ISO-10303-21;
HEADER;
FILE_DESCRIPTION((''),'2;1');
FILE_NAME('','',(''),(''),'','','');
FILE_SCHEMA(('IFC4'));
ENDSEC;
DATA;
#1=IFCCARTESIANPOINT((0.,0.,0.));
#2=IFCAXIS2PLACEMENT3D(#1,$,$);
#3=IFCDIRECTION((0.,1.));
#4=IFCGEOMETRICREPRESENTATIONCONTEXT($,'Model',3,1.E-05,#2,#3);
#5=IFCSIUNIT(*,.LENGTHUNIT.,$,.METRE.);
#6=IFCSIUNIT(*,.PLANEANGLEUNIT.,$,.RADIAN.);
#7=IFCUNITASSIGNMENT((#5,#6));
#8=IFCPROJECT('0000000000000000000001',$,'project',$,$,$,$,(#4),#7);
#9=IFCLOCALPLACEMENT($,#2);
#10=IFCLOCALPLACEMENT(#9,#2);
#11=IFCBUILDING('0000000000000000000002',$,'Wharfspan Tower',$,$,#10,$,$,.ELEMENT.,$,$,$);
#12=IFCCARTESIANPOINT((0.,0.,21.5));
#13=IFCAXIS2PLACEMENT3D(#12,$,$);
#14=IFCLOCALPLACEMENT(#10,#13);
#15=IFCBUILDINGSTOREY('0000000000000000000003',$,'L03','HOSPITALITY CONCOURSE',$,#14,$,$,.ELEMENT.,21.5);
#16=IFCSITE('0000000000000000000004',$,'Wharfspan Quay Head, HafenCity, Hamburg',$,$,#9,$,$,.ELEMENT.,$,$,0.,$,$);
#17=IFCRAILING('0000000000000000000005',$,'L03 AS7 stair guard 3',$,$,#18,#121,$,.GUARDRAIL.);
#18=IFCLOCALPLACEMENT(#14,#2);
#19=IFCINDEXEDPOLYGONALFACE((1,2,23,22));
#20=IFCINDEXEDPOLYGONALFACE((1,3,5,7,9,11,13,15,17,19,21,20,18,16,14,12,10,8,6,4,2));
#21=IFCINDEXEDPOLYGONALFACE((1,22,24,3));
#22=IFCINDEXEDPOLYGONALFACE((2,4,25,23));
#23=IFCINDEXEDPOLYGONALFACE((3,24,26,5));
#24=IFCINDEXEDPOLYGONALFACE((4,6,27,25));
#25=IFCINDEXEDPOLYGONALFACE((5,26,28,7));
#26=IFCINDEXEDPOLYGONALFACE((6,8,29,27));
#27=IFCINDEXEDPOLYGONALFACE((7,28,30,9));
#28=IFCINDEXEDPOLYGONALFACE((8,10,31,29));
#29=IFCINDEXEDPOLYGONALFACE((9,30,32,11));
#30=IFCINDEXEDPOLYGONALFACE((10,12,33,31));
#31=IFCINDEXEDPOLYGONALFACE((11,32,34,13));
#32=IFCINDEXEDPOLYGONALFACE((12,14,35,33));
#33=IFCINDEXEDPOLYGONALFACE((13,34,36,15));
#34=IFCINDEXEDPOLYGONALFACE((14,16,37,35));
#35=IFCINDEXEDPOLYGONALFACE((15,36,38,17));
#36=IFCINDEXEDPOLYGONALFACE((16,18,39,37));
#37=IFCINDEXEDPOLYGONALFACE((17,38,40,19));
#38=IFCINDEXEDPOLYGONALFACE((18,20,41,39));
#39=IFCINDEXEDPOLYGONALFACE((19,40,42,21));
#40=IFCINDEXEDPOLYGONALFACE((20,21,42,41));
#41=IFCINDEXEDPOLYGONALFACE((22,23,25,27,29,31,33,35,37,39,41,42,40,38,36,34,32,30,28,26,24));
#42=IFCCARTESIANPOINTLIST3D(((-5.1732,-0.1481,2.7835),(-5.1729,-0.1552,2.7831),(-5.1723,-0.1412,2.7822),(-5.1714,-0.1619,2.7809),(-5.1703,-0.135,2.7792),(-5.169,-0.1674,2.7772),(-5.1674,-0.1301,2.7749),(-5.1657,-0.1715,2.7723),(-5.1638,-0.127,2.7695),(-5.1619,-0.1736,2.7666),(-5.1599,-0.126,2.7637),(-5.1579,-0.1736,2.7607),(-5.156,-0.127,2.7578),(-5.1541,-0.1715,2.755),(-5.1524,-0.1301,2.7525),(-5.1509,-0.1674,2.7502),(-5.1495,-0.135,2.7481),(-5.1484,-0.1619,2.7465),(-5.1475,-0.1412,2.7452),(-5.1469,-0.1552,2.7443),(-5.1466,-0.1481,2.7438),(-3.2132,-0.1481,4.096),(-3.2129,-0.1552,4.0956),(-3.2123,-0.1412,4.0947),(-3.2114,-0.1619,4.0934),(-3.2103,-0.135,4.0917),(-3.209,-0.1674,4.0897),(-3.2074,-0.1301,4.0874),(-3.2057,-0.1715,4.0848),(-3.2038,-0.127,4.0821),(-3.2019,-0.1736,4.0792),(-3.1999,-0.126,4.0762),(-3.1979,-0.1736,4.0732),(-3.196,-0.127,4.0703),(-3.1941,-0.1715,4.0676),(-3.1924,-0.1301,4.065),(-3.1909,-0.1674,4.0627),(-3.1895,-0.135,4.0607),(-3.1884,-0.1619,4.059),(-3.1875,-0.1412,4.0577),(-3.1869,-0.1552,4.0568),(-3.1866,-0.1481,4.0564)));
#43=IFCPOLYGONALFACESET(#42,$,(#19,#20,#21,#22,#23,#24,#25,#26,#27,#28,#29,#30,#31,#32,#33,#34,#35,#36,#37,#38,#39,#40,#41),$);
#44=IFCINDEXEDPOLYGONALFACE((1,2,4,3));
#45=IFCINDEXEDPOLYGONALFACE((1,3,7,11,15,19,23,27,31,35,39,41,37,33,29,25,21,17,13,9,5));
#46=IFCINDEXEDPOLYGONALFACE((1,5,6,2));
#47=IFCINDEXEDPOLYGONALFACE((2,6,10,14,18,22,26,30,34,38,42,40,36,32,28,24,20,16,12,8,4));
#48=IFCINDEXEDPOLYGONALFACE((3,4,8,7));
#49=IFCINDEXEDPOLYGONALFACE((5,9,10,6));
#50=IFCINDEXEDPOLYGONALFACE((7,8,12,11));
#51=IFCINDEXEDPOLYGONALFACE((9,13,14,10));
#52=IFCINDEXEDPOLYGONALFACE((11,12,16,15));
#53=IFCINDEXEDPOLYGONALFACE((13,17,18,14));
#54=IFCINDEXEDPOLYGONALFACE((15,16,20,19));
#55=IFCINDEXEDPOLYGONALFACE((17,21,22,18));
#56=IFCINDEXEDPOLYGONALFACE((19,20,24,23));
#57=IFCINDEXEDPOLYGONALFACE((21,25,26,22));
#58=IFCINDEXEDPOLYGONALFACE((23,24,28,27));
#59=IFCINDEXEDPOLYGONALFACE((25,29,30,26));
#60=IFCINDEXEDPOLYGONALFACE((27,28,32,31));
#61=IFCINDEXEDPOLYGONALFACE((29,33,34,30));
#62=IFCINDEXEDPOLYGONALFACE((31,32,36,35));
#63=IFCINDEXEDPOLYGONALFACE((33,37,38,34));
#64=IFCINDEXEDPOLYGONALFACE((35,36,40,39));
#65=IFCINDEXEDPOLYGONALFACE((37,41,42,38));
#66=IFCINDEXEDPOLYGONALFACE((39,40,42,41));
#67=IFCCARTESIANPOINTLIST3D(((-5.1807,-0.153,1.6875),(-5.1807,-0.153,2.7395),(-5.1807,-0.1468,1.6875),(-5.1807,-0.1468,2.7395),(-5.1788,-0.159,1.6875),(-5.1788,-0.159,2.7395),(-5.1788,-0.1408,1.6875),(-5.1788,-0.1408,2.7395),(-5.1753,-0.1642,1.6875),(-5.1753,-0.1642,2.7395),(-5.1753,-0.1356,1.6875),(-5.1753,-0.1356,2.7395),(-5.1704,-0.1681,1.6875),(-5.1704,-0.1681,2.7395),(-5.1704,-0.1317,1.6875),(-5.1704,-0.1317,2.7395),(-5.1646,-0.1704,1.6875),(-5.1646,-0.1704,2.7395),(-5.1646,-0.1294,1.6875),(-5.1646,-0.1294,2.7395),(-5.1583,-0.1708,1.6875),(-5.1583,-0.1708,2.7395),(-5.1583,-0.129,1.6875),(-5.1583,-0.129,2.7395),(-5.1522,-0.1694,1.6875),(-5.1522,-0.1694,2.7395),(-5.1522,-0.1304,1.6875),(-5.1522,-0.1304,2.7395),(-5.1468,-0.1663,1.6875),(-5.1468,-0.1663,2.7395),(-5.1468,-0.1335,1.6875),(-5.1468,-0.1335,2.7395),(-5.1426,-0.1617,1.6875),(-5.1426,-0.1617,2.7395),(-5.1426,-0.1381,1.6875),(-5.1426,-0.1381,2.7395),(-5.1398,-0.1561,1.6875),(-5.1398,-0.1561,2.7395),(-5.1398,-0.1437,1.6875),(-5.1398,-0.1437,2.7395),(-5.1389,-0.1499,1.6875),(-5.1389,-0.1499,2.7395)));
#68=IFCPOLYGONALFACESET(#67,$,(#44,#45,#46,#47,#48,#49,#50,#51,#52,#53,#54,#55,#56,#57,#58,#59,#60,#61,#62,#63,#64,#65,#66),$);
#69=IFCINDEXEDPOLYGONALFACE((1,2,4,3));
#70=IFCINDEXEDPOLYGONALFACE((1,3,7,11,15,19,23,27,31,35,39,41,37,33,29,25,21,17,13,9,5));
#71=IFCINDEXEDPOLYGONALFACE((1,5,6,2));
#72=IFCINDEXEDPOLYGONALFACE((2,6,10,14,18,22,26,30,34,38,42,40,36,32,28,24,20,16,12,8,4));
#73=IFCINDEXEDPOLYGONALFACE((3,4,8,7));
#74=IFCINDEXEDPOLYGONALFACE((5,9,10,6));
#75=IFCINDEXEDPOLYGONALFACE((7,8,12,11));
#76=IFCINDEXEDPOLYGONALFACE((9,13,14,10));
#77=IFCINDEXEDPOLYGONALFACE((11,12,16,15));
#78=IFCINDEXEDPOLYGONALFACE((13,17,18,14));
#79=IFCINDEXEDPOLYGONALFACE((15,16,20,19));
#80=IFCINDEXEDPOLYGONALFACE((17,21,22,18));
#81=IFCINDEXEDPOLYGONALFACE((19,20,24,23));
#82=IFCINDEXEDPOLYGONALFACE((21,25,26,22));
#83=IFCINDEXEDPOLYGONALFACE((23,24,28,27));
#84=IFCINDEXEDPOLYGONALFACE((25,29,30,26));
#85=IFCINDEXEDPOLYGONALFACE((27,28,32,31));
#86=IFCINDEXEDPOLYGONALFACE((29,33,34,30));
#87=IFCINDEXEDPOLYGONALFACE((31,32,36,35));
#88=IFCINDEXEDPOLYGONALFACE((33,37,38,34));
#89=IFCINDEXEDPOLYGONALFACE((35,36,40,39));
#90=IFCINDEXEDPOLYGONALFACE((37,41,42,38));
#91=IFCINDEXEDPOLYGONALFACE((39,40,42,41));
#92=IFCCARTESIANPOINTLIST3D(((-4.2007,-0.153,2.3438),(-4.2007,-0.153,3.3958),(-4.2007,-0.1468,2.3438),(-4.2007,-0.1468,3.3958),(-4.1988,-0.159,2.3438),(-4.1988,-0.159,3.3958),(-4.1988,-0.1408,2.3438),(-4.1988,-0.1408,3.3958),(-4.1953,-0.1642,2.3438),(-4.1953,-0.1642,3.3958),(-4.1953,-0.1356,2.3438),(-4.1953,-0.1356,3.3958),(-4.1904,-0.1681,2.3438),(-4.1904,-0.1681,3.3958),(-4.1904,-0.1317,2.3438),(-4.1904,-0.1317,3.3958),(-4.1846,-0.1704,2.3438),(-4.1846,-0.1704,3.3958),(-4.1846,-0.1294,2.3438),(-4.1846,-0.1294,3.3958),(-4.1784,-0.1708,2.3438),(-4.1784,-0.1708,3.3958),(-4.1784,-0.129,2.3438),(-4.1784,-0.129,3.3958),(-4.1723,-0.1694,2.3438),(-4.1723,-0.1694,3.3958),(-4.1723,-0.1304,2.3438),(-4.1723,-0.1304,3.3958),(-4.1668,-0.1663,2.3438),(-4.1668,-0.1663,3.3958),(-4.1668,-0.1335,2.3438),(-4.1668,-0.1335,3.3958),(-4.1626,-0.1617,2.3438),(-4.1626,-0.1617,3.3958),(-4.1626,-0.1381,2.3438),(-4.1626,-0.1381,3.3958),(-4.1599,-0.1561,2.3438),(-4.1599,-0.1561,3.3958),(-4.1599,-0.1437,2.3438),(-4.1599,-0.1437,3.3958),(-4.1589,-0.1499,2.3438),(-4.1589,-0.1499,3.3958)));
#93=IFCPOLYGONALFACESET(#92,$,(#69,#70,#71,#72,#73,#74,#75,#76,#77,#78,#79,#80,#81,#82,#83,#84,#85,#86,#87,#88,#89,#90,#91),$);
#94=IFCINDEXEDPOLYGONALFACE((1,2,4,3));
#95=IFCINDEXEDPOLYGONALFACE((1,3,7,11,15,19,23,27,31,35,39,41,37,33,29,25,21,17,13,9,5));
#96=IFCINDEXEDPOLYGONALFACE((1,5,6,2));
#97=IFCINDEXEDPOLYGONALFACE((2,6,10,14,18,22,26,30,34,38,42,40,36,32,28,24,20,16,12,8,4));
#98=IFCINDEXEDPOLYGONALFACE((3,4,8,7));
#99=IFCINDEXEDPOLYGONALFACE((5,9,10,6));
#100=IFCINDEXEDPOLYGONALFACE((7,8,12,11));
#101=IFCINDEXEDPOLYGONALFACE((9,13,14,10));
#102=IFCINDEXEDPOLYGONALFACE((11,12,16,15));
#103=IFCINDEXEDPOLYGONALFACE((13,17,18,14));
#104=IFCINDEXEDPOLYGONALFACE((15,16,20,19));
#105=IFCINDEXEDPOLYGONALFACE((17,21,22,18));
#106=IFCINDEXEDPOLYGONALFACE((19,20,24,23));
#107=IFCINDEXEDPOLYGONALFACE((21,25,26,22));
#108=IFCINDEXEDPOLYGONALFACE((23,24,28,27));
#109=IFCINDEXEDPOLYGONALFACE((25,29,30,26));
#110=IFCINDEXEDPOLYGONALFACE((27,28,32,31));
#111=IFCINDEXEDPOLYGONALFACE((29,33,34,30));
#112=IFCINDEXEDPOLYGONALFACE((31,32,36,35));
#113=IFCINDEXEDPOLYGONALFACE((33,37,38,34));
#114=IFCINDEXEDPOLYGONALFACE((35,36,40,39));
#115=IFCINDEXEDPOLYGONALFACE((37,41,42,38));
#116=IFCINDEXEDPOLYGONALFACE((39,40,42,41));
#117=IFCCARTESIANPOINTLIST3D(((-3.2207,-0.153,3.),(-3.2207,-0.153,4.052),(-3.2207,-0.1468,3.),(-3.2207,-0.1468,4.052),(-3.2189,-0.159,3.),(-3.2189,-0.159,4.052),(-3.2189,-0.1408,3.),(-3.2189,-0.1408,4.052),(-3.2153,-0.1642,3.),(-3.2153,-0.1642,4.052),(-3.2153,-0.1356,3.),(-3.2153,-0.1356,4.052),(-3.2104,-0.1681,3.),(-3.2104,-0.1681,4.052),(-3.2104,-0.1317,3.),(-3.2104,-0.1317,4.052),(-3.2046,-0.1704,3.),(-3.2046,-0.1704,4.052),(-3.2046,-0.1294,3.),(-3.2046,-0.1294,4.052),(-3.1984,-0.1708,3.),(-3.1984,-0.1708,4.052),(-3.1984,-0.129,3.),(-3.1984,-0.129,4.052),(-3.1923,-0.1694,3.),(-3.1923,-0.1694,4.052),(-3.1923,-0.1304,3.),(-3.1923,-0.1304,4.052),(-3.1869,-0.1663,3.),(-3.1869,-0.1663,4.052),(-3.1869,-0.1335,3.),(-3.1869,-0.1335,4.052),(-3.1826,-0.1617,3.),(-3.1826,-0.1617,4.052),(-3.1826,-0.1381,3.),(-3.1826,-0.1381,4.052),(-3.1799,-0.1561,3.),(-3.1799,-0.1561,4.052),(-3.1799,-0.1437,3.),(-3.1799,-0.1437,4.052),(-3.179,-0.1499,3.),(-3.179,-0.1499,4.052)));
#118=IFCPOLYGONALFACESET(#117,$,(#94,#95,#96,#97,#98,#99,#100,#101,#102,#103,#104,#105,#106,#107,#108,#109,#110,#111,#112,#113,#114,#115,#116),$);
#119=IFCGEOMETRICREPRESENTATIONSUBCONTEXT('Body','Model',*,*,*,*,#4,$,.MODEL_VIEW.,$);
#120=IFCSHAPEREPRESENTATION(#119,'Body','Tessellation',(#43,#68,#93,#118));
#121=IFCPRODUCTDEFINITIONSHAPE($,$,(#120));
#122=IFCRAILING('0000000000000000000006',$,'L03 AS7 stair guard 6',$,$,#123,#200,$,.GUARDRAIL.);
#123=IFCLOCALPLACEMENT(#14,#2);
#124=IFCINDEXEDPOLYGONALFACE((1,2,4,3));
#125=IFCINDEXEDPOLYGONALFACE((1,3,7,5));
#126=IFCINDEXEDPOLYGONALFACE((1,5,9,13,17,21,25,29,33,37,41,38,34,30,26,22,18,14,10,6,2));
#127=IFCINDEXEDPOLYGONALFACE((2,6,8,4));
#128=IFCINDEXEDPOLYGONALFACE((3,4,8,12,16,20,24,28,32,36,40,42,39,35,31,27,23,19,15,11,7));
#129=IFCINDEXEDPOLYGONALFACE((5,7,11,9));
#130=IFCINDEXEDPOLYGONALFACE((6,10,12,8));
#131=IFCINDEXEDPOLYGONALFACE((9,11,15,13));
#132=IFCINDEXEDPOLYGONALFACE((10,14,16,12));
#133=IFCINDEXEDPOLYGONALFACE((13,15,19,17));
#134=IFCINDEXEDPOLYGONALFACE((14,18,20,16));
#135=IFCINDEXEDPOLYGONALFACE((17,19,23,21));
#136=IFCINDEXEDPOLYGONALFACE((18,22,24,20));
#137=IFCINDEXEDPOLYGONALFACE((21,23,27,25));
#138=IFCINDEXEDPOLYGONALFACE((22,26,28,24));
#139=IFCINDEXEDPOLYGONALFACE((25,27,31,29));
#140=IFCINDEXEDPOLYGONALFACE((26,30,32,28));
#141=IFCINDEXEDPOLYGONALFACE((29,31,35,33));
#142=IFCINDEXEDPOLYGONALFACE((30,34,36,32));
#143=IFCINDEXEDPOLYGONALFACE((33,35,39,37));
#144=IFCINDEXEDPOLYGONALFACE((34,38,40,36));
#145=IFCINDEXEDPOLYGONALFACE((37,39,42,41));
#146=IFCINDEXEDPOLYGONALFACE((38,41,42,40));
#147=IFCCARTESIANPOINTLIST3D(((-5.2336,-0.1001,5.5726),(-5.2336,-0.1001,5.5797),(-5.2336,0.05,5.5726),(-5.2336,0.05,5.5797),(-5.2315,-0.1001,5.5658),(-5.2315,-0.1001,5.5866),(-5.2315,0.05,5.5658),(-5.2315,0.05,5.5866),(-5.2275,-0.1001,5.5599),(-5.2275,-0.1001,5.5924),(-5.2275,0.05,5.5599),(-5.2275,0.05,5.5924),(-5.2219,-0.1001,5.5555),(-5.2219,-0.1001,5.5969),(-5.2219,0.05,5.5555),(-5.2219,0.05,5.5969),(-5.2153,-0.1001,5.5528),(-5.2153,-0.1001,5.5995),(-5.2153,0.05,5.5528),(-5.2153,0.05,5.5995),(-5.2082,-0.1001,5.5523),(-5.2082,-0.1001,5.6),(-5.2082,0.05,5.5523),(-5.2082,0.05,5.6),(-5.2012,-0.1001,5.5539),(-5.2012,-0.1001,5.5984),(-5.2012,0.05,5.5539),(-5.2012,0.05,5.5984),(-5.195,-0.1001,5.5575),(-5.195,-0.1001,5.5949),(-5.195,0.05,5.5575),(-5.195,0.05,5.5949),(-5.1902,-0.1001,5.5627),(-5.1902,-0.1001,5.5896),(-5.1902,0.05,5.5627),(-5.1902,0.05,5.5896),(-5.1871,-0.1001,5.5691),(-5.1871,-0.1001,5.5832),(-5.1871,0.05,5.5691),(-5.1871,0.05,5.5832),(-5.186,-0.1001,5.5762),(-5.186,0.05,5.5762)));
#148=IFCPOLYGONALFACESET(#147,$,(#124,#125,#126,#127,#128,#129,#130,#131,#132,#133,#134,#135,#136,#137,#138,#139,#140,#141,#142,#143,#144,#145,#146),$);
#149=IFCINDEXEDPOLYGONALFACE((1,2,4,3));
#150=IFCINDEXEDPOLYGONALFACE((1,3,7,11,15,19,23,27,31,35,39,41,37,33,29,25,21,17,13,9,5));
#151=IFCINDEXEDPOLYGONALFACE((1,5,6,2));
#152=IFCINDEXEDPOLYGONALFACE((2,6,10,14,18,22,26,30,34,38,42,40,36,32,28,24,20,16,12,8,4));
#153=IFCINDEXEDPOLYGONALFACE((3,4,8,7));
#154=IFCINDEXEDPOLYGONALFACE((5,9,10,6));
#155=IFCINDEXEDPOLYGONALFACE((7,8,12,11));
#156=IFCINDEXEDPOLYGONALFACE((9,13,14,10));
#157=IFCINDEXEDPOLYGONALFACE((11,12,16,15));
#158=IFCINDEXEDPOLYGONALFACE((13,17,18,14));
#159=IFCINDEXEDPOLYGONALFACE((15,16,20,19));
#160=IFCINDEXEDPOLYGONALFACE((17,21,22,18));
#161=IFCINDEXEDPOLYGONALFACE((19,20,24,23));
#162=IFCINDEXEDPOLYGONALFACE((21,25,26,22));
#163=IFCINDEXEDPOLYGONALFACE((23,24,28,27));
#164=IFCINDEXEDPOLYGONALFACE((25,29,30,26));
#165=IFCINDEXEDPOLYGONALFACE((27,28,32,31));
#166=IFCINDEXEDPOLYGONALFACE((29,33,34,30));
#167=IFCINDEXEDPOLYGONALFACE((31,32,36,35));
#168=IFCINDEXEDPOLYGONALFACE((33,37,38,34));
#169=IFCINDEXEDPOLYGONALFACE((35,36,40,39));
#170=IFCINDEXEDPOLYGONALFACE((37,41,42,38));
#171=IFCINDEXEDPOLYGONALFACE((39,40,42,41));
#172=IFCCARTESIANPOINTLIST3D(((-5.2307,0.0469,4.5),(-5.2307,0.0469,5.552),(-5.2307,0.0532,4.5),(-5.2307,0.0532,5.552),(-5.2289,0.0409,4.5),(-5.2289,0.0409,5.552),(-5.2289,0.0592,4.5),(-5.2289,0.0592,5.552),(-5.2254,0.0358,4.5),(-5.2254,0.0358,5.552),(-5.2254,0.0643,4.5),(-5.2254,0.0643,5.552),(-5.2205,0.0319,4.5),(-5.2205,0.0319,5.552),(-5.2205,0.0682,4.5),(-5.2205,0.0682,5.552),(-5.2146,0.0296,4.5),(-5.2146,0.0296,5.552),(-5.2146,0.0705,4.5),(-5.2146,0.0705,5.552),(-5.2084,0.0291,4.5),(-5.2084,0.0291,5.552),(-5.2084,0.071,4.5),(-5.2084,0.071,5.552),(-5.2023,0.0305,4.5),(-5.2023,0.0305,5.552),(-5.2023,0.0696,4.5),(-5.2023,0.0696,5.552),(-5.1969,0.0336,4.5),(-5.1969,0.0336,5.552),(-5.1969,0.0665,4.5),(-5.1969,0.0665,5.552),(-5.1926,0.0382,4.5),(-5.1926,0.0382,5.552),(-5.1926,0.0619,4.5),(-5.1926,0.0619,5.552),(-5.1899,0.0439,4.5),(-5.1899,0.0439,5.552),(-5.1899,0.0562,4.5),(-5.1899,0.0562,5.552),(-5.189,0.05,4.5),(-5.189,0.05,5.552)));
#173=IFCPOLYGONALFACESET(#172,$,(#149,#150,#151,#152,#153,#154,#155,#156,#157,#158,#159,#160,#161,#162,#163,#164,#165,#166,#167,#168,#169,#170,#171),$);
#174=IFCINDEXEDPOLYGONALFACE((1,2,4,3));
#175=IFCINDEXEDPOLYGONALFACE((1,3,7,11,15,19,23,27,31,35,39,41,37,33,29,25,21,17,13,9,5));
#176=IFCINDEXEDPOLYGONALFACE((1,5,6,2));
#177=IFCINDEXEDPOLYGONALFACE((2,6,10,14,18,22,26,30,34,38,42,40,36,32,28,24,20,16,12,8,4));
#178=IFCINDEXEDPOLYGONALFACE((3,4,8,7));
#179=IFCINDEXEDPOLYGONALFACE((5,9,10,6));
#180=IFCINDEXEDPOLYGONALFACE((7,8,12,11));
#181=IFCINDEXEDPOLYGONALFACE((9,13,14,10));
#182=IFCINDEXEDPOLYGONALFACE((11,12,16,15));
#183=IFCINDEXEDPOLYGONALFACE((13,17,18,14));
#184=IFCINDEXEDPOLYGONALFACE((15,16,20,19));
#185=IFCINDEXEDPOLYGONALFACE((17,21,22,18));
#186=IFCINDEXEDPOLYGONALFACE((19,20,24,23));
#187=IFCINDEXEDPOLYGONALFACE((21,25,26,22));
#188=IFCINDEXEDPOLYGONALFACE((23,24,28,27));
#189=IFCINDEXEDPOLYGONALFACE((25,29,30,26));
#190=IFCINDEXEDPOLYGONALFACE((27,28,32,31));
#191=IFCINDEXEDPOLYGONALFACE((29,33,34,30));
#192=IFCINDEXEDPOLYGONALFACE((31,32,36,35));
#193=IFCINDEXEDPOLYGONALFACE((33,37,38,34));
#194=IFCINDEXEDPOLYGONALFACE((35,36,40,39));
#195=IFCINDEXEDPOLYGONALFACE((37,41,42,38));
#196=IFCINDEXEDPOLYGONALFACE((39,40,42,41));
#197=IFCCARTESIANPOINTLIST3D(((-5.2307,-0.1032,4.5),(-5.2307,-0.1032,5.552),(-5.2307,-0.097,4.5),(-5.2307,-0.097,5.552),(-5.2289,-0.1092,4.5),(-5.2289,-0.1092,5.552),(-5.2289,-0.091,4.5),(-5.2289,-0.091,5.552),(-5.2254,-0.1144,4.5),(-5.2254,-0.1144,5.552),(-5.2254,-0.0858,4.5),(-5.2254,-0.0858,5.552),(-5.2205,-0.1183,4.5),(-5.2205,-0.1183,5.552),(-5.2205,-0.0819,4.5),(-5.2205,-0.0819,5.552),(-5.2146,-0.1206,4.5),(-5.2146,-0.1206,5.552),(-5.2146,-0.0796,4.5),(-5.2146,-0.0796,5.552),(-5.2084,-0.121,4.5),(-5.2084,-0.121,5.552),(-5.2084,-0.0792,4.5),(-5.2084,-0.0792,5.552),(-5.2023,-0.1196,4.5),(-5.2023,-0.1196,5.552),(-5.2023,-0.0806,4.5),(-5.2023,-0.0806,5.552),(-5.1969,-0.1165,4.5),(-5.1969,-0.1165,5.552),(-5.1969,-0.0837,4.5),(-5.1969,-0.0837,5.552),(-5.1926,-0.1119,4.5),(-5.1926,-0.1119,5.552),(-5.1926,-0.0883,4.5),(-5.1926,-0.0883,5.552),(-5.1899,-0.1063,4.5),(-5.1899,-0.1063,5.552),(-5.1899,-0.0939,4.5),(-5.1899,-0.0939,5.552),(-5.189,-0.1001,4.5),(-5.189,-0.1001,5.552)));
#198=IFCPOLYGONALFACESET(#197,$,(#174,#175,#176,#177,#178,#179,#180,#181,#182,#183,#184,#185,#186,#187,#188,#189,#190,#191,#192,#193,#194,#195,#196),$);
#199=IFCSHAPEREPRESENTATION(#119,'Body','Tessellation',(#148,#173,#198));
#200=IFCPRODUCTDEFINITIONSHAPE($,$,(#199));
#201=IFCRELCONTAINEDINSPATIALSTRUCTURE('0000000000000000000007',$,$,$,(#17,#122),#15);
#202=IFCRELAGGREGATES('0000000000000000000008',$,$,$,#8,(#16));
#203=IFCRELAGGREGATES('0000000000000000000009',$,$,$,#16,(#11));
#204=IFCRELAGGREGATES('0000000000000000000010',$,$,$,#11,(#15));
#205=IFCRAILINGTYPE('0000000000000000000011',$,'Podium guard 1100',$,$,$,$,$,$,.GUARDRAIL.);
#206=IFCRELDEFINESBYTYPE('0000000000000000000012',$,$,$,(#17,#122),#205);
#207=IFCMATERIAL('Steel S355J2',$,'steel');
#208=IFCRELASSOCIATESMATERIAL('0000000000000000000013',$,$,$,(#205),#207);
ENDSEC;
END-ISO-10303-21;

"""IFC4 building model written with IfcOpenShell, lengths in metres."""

from ifc_helpers import new_model, si_unit, direction, frame, origin, origin_2d, place, context, subcontext, project, spatial, circle, extrude, material, type_object, element, save


model = new_model("IFC4")

# Units and contexts
model_context = context("Model", 3, precision=1e-05, world=origin(), true_north=direction((0.0, 1.0)))
body_context = subcontext(model_context, "Body", "Model", "MODEL_VIEW")
ifc_project = project(units=[si_unit("LENGTHUNIT", "METRE"), si_unit("PLANEANGLEUNIT", "RADIAN")], contexts=[model_context])

# Site, building, storey
site_placement = place(None, origin())
site = spatial("IfcSite", under=ifc_project, at=site_placement, Name="Wharfspan Quay Head, HafenCity, Hamburg", CompositionType="ELEMENT", RefElevation=0.0)
building_placement = place(site_placement, origin())
building = spatial("IfcBuilding", under=site, at=building_placement, Name="Wharfspan Tower", CompositionType="ELEMENT")
storey_placement = place(building_placement, frame((0.0, 0.0, 21.5)))
storey = spatial("IfcBuildingStorey", under=building, at=storey_placement, Name="L03", Description="HOSPITALITY CONCOURSE", CompositionType="ELEMENT", Elevation=21.5)

# Railings
ifc_material_1 = material(Name="Steel S355J2", Category="steel")
railing_type_1 = type_object("IfcRailingType", Name="Podium guard 1100", PredefinedType="GUARDRAIL", material=ifc_material_1)
railing_1_placement = place(storey_placement, frame((-5.1599, -0.1499, 1.6875)))
element("IfcRailing", 1, at=railing_1_placement, inside=storey, type_object=railing_type_1, Name="L03 AS7 stair guard 3", PredefinedType="GUARDRAIL", context=body_context, shape_type="SweptSolid", body=[
    extrude(circle(Radius=0.0239, at=origin_2d()), frame((0.0, 0.0, 1.0762), z_axis=(0.830902, 0.0, 0.556419), x_axis=(0.0, 1.0, 0.0)), (0.0, 0.0, 1.0), 2.3589),
    extrude(circle(Radius=0.021, at=origin_2d()), origin(), (0.0, 0.0, 1.0), 1.052),
    extrude(circle(Radius=0.021, at=origin_2d()), frame((0.98, 0.0, 0.6562)), (0.0, 0.0, 1.0), 1.052),
    extrude(circle(Radius=0.021, at=origin_2d()), frame((1.96, 0.0, 1.3125)), (0.0, 0.0, 1.0), 1.052),
])
railing_2_placement = place(storey_placement, frame((-5.21, 0.05, 4.5)))
element("IfcRailing", 2, at=railing_2_placement, inside=storey, type_object=railing_type_1, Name="L03 AS7 stair guard 6", PredefinedType="GUARDRAIL", context=body_context, shape_type="SweptSolid", body=[
    extrude(circle(Radius=0.0239, at=origin_2d()), frame((0.0, 0.0, 1.0762), z_axis=(0.0, -1.0, 0.0), x_axis=(1.0, 0.0, 0.0)), (0.0, 0.0, 1.0), 0.1501),
    extrude(circle(Radius=0.021, at=origin_2d()), origin(), (0.0, 0.0, 1.0), 1.052),
    extrude(circle(Radius=0.021, at=origin_2d()), frame((0.0, -0.1501, 0.0)), (0.0, 0.0, 1.0), 1.052),
])

save(model, "model.ifc")
